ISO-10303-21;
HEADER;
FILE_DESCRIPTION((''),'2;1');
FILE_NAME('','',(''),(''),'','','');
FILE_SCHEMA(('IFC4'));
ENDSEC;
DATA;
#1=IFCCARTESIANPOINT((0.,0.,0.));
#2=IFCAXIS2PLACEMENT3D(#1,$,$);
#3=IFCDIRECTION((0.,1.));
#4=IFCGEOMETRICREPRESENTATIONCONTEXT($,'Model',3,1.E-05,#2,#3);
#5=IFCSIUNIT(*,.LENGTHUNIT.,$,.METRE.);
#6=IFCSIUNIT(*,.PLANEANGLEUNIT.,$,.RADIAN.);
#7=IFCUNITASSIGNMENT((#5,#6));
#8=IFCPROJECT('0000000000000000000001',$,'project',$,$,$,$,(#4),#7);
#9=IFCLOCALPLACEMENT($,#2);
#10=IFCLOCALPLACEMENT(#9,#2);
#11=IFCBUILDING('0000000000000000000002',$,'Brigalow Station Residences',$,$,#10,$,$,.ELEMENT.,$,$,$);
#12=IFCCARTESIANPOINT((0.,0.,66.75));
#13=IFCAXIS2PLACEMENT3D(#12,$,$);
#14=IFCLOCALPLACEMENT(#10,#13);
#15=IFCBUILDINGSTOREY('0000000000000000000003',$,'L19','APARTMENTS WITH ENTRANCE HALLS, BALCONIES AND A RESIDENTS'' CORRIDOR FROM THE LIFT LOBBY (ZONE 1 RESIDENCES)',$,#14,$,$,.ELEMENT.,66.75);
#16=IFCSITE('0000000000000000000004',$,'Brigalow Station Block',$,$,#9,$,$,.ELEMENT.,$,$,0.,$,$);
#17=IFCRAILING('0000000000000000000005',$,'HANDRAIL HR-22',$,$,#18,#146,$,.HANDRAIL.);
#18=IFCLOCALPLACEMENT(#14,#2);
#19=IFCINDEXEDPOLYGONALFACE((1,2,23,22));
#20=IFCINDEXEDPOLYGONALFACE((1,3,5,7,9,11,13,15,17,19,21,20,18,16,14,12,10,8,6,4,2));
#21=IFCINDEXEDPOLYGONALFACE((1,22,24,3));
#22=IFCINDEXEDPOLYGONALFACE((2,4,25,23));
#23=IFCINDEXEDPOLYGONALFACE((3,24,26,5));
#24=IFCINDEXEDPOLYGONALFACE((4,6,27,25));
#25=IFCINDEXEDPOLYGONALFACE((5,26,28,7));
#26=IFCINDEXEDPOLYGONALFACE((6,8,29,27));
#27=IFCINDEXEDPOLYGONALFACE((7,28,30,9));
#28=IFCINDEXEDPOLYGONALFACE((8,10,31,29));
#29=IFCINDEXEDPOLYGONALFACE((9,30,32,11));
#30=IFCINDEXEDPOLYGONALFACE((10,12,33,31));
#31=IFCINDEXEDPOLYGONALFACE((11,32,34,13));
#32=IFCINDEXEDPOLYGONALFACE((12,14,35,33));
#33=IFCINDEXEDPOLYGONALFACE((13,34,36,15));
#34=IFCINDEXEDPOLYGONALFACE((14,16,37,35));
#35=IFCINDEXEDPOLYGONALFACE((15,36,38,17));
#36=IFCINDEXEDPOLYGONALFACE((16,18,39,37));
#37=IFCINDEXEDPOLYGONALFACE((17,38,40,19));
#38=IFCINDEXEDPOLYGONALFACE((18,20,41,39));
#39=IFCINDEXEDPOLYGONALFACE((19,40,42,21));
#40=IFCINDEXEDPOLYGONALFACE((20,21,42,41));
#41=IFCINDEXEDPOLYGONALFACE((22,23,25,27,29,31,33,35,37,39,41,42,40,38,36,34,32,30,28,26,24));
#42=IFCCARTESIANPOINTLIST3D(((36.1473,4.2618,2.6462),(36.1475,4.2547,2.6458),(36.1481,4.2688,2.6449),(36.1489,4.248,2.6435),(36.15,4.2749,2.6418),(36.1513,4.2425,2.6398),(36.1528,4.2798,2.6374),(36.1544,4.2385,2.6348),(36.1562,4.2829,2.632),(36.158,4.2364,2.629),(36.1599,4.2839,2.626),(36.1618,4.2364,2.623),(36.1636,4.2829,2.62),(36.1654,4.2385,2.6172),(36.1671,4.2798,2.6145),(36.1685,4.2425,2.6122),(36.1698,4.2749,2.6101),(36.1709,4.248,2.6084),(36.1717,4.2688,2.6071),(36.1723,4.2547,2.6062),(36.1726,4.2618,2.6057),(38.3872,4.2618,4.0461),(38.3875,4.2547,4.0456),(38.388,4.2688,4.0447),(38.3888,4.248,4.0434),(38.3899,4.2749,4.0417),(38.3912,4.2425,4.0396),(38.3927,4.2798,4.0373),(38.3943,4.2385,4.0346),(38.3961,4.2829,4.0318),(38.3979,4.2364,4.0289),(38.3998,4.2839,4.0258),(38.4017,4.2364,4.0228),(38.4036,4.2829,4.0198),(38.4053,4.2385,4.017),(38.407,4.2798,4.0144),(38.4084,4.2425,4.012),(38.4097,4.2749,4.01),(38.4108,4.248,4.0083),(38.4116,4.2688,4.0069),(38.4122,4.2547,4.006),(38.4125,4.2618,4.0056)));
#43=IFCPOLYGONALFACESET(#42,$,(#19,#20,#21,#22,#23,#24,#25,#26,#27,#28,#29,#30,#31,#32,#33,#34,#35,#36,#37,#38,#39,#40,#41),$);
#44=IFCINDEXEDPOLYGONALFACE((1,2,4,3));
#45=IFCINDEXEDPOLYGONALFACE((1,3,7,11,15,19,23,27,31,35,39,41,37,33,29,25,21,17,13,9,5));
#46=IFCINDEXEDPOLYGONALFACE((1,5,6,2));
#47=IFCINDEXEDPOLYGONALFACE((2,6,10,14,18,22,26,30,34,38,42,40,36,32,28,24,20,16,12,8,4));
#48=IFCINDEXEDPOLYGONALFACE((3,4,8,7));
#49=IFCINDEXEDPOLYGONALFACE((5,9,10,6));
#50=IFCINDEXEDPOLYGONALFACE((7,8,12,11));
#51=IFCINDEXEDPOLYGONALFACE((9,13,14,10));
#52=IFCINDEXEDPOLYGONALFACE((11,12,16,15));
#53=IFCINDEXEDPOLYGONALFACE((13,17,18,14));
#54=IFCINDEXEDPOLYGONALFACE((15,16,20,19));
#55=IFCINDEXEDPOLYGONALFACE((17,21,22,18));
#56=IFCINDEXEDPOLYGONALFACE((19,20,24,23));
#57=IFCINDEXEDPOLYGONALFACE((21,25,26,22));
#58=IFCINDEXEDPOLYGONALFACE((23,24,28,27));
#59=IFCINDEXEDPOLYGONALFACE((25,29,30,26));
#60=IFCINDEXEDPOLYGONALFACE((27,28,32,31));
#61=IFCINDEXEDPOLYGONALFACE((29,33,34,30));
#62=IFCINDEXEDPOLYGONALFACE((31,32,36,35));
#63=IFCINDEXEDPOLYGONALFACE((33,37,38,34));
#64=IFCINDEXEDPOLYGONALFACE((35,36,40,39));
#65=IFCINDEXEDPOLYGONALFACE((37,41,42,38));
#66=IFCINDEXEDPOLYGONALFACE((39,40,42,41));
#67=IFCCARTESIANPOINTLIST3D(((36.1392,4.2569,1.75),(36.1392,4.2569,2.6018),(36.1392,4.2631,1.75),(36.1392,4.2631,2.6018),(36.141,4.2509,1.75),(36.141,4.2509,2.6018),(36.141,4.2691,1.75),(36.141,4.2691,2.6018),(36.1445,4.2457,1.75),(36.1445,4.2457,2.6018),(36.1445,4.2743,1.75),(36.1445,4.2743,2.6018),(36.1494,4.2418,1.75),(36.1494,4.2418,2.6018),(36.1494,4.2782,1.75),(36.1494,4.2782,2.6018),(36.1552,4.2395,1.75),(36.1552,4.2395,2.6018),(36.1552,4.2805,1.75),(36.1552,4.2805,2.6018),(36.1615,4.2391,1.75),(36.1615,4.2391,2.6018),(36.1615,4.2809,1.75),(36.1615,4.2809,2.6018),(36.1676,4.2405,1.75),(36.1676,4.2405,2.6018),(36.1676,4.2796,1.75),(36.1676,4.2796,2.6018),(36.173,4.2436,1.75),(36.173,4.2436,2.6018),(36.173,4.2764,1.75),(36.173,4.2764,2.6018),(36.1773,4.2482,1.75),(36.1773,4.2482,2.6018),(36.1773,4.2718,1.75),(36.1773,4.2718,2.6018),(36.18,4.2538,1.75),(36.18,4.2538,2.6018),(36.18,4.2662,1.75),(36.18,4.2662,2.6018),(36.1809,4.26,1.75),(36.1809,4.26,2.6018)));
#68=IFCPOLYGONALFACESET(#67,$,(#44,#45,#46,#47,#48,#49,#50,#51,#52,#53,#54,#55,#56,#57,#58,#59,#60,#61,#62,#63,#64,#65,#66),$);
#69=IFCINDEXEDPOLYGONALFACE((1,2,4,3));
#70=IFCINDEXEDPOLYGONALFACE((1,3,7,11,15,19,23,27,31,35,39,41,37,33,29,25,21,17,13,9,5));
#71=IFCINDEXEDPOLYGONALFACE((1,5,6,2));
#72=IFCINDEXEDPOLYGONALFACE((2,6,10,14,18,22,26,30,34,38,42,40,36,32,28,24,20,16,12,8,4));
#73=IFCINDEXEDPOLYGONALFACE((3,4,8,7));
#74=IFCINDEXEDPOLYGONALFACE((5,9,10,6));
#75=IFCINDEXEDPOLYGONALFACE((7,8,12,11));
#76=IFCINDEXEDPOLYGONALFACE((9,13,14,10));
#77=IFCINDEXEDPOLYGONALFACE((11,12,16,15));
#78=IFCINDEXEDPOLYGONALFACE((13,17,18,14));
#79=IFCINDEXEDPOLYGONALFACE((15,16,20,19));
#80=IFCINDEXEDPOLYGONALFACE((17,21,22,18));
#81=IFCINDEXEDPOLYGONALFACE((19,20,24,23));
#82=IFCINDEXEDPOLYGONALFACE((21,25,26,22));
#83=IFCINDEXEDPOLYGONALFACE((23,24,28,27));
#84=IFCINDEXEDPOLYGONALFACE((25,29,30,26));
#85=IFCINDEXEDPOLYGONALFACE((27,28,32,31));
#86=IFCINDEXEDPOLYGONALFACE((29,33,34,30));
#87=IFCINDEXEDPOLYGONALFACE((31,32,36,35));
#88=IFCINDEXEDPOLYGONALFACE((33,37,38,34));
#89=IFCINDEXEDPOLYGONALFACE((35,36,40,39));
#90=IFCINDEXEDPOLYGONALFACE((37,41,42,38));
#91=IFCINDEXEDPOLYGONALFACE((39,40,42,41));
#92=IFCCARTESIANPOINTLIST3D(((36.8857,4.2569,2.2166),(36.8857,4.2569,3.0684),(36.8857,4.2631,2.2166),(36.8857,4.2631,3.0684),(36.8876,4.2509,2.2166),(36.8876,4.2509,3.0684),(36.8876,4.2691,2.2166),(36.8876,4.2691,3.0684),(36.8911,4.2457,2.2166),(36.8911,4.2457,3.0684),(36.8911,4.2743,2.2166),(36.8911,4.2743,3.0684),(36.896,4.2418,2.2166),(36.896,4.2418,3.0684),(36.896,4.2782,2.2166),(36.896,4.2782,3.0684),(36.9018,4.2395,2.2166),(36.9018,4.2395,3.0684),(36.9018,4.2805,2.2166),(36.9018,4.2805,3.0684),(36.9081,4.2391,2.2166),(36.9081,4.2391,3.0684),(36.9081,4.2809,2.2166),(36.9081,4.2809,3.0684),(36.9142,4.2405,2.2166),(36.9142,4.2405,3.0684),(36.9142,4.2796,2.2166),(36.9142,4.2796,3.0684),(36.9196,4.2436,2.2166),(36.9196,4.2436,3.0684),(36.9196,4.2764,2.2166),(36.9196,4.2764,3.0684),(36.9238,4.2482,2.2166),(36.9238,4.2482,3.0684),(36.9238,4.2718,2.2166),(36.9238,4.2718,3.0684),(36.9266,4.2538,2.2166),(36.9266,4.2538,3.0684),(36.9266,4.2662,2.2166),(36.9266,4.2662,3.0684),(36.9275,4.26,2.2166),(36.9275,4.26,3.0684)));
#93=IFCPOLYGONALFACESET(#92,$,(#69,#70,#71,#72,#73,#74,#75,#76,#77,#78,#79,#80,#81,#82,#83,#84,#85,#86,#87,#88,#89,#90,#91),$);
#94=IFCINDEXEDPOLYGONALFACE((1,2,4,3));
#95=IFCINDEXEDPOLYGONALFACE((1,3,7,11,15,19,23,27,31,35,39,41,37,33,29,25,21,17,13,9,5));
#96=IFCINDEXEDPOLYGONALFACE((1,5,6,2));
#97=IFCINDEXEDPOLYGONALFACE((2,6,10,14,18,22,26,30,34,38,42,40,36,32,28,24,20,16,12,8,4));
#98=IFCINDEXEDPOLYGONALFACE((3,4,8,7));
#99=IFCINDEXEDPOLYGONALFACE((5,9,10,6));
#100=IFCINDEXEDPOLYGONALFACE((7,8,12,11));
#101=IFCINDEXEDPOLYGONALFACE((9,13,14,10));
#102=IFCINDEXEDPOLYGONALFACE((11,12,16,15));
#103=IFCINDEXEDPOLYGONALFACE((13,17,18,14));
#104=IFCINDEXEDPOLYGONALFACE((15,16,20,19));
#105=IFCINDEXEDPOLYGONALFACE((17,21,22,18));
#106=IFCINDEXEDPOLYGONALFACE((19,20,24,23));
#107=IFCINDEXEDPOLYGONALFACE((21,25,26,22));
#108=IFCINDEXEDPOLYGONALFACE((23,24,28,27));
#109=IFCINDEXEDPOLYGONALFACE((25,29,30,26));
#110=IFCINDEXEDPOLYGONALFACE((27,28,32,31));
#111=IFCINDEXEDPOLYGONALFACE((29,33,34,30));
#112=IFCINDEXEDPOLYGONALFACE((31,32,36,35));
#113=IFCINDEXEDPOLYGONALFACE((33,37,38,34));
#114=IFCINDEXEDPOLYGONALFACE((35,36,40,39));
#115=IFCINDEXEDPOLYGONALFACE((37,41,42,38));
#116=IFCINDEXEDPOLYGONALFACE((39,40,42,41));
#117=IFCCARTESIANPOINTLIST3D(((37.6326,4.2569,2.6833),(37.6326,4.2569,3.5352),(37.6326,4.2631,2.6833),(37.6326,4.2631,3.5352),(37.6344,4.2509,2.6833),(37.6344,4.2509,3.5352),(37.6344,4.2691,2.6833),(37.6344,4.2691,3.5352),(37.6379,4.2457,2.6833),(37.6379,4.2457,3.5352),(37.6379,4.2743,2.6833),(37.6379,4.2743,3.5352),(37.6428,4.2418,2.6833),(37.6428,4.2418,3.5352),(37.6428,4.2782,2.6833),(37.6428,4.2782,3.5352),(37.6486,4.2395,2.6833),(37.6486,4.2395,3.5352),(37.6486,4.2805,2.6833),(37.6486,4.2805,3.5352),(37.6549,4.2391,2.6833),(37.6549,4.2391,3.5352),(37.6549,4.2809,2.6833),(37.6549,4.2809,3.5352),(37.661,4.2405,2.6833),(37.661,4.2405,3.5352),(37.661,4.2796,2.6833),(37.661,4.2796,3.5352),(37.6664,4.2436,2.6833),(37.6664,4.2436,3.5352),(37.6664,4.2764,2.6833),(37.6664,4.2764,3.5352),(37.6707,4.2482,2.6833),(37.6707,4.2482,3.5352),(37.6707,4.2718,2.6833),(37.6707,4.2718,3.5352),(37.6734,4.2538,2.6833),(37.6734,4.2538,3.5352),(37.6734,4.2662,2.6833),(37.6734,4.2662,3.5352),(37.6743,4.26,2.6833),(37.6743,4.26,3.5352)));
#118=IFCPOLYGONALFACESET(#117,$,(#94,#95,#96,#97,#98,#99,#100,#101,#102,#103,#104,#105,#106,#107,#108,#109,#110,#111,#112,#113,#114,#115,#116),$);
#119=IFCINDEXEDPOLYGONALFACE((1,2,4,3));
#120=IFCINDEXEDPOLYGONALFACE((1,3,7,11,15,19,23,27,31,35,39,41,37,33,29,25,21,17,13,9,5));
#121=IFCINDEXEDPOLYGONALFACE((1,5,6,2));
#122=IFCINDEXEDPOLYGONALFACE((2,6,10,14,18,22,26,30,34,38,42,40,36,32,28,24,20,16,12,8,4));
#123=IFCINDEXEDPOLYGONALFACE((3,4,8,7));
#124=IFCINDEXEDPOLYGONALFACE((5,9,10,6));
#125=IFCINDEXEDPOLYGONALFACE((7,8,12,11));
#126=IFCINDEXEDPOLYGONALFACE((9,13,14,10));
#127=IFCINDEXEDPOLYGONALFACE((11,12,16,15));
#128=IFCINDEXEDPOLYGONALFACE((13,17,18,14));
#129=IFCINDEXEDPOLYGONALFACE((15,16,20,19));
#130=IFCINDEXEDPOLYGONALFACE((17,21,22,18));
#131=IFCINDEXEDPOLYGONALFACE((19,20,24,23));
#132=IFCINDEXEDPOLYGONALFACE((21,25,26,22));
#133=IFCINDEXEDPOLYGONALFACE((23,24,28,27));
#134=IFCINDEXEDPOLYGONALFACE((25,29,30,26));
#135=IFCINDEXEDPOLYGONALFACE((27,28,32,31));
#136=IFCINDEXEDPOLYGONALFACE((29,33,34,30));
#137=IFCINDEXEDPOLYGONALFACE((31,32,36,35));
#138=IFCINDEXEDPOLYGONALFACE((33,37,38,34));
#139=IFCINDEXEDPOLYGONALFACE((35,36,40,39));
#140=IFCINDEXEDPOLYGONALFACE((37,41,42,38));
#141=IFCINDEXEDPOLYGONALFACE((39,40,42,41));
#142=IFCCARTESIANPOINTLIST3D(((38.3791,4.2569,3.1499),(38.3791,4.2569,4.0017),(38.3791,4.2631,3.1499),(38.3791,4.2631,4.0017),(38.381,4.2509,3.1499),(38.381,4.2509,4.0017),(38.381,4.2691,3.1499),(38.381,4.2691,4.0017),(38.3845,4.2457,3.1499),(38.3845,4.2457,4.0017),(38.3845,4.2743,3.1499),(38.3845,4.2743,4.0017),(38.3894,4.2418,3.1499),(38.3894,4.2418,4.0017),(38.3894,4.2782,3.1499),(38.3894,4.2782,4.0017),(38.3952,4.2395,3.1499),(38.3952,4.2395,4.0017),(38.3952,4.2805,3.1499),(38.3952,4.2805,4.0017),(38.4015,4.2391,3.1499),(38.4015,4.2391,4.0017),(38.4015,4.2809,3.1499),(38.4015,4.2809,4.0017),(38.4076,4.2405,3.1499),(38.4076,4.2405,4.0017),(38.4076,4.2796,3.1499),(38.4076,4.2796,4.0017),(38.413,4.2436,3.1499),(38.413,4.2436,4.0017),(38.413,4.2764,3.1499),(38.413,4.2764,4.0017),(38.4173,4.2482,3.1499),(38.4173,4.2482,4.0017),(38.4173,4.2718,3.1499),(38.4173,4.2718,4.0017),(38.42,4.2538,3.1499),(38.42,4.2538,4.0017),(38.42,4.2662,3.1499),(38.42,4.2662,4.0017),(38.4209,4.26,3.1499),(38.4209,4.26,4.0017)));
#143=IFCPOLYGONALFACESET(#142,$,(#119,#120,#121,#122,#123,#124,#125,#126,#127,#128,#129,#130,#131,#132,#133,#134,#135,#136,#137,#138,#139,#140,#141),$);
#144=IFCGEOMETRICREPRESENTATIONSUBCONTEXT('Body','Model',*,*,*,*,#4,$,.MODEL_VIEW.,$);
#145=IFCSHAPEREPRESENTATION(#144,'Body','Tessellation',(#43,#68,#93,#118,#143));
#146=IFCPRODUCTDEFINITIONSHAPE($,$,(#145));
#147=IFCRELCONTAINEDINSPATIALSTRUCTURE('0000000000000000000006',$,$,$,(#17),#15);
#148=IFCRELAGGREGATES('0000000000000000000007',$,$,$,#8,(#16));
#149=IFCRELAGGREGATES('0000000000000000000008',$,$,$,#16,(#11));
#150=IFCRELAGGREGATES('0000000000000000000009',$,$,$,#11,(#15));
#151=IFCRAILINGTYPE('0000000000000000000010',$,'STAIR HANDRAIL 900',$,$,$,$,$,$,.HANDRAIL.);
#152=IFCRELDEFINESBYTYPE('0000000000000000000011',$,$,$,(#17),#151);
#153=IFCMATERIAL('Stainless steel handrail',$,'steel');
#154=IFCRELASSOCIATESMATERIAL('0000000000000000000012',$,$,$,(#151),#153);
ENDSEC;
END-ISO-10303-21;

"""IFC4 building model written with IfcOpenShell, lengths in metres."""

from ifc_helpers import new_model, si_unit, direction, frame, origin, origin_2d, place, context, subcontext, project, spatial, circle, extrude, material, type_object, element, save


model = new_model("IFC4")

# Units and contexts
model_context = context("Model", 3, precision=1e-05, world=origin(), true_north=direction((0.0, 1.0)))
body_context = subcontext(model_context, "Body", "Model", "MODEL_VIEW")
ifc_project = project(units=[si_unit("LENGTHUNIT", "METRE"), si_unit("PLANEANGLEUNIT", "RADIAN")], contexts=[model_context])

# Site, building, storey
site_placement = place(None, origin())
site = spatial("IfcSite", under=ifc_project, at=site_placement, Name="Brigalow Station Block", CompositionType="ELEMENT", RefElevation=0.0)
building_placement = place(site_placement, origin())
building = spatial("IfcBuilding", under=site, at=building_placement, Name="Brigalow Station Residences", CompositionType="ELEMENT")
storey_placement = place(building_placement, frame((0.0, 0.0, 66.75)))
storey = spatial("IfcBuildingStorey", under=building, at=storey_placement, Name="L19", Description="APARTMENTS WITH ENTRANCE HALLS, BALCONIES AND A RESIDENTS' CORRIDOR FROM THE LIFT LOBBY (ZONE 1 RESIDENCES)", CompositionType="ELEMENT", Elevation=66.75)

# Railing
ifc_material_1 = material(Name="Stainless steel handrail", Category="steel")
railing_type_1 = type_object("IfcRailingType", Name="STAIR HANDRAIL 900", PredefinedType="HANDRAIL", material=ifc_material_1)
railing_1_placement = place(storey_placement, frame((36.1599, 4.26, 1.75)))
element("IfcRailing", 1, at=railing_1_placement, inside=storey, type_object=railing_type_1, Name="HANDRAIL HR-22", PredefinedType="HANDRAIL", context=body_context, shape_type="SweptSolid", body=[
    extrude(circle(Radius=0.0239, at=origin_2d()), frame((0.0, 0.0, 0.876), z_axis=(0.848014, 0.0, 0.529974), x_axis=(0.0, 1.0, 0.0)), (0.0, 0.0, 1.0), 2.6414),
    extrude(circle(Radius=0.021, at=origin_2d()), origin(), (0.0, 0.0, 1.0), 0.8518),
    extrude(circle(Radius=0.021, at=origin_2d()), frame((0.7466, 0.0, 0.4666)), (0.0, 0.0, 1.0), 0.8518),
    extrude(circle(Radius=0.021, at=origin_2d()), frame((1.4934, 0.0, 0.9333)), (0.0, 0.0, 1.0), 0.8518),
    extrude(circle(Radius=0.021, at=origin_2d()), frame((2.24, 0.0, 1.3999)), (0.0, 0.0, 1.0), 0.8518),
])

save(model, "model.ifc")
